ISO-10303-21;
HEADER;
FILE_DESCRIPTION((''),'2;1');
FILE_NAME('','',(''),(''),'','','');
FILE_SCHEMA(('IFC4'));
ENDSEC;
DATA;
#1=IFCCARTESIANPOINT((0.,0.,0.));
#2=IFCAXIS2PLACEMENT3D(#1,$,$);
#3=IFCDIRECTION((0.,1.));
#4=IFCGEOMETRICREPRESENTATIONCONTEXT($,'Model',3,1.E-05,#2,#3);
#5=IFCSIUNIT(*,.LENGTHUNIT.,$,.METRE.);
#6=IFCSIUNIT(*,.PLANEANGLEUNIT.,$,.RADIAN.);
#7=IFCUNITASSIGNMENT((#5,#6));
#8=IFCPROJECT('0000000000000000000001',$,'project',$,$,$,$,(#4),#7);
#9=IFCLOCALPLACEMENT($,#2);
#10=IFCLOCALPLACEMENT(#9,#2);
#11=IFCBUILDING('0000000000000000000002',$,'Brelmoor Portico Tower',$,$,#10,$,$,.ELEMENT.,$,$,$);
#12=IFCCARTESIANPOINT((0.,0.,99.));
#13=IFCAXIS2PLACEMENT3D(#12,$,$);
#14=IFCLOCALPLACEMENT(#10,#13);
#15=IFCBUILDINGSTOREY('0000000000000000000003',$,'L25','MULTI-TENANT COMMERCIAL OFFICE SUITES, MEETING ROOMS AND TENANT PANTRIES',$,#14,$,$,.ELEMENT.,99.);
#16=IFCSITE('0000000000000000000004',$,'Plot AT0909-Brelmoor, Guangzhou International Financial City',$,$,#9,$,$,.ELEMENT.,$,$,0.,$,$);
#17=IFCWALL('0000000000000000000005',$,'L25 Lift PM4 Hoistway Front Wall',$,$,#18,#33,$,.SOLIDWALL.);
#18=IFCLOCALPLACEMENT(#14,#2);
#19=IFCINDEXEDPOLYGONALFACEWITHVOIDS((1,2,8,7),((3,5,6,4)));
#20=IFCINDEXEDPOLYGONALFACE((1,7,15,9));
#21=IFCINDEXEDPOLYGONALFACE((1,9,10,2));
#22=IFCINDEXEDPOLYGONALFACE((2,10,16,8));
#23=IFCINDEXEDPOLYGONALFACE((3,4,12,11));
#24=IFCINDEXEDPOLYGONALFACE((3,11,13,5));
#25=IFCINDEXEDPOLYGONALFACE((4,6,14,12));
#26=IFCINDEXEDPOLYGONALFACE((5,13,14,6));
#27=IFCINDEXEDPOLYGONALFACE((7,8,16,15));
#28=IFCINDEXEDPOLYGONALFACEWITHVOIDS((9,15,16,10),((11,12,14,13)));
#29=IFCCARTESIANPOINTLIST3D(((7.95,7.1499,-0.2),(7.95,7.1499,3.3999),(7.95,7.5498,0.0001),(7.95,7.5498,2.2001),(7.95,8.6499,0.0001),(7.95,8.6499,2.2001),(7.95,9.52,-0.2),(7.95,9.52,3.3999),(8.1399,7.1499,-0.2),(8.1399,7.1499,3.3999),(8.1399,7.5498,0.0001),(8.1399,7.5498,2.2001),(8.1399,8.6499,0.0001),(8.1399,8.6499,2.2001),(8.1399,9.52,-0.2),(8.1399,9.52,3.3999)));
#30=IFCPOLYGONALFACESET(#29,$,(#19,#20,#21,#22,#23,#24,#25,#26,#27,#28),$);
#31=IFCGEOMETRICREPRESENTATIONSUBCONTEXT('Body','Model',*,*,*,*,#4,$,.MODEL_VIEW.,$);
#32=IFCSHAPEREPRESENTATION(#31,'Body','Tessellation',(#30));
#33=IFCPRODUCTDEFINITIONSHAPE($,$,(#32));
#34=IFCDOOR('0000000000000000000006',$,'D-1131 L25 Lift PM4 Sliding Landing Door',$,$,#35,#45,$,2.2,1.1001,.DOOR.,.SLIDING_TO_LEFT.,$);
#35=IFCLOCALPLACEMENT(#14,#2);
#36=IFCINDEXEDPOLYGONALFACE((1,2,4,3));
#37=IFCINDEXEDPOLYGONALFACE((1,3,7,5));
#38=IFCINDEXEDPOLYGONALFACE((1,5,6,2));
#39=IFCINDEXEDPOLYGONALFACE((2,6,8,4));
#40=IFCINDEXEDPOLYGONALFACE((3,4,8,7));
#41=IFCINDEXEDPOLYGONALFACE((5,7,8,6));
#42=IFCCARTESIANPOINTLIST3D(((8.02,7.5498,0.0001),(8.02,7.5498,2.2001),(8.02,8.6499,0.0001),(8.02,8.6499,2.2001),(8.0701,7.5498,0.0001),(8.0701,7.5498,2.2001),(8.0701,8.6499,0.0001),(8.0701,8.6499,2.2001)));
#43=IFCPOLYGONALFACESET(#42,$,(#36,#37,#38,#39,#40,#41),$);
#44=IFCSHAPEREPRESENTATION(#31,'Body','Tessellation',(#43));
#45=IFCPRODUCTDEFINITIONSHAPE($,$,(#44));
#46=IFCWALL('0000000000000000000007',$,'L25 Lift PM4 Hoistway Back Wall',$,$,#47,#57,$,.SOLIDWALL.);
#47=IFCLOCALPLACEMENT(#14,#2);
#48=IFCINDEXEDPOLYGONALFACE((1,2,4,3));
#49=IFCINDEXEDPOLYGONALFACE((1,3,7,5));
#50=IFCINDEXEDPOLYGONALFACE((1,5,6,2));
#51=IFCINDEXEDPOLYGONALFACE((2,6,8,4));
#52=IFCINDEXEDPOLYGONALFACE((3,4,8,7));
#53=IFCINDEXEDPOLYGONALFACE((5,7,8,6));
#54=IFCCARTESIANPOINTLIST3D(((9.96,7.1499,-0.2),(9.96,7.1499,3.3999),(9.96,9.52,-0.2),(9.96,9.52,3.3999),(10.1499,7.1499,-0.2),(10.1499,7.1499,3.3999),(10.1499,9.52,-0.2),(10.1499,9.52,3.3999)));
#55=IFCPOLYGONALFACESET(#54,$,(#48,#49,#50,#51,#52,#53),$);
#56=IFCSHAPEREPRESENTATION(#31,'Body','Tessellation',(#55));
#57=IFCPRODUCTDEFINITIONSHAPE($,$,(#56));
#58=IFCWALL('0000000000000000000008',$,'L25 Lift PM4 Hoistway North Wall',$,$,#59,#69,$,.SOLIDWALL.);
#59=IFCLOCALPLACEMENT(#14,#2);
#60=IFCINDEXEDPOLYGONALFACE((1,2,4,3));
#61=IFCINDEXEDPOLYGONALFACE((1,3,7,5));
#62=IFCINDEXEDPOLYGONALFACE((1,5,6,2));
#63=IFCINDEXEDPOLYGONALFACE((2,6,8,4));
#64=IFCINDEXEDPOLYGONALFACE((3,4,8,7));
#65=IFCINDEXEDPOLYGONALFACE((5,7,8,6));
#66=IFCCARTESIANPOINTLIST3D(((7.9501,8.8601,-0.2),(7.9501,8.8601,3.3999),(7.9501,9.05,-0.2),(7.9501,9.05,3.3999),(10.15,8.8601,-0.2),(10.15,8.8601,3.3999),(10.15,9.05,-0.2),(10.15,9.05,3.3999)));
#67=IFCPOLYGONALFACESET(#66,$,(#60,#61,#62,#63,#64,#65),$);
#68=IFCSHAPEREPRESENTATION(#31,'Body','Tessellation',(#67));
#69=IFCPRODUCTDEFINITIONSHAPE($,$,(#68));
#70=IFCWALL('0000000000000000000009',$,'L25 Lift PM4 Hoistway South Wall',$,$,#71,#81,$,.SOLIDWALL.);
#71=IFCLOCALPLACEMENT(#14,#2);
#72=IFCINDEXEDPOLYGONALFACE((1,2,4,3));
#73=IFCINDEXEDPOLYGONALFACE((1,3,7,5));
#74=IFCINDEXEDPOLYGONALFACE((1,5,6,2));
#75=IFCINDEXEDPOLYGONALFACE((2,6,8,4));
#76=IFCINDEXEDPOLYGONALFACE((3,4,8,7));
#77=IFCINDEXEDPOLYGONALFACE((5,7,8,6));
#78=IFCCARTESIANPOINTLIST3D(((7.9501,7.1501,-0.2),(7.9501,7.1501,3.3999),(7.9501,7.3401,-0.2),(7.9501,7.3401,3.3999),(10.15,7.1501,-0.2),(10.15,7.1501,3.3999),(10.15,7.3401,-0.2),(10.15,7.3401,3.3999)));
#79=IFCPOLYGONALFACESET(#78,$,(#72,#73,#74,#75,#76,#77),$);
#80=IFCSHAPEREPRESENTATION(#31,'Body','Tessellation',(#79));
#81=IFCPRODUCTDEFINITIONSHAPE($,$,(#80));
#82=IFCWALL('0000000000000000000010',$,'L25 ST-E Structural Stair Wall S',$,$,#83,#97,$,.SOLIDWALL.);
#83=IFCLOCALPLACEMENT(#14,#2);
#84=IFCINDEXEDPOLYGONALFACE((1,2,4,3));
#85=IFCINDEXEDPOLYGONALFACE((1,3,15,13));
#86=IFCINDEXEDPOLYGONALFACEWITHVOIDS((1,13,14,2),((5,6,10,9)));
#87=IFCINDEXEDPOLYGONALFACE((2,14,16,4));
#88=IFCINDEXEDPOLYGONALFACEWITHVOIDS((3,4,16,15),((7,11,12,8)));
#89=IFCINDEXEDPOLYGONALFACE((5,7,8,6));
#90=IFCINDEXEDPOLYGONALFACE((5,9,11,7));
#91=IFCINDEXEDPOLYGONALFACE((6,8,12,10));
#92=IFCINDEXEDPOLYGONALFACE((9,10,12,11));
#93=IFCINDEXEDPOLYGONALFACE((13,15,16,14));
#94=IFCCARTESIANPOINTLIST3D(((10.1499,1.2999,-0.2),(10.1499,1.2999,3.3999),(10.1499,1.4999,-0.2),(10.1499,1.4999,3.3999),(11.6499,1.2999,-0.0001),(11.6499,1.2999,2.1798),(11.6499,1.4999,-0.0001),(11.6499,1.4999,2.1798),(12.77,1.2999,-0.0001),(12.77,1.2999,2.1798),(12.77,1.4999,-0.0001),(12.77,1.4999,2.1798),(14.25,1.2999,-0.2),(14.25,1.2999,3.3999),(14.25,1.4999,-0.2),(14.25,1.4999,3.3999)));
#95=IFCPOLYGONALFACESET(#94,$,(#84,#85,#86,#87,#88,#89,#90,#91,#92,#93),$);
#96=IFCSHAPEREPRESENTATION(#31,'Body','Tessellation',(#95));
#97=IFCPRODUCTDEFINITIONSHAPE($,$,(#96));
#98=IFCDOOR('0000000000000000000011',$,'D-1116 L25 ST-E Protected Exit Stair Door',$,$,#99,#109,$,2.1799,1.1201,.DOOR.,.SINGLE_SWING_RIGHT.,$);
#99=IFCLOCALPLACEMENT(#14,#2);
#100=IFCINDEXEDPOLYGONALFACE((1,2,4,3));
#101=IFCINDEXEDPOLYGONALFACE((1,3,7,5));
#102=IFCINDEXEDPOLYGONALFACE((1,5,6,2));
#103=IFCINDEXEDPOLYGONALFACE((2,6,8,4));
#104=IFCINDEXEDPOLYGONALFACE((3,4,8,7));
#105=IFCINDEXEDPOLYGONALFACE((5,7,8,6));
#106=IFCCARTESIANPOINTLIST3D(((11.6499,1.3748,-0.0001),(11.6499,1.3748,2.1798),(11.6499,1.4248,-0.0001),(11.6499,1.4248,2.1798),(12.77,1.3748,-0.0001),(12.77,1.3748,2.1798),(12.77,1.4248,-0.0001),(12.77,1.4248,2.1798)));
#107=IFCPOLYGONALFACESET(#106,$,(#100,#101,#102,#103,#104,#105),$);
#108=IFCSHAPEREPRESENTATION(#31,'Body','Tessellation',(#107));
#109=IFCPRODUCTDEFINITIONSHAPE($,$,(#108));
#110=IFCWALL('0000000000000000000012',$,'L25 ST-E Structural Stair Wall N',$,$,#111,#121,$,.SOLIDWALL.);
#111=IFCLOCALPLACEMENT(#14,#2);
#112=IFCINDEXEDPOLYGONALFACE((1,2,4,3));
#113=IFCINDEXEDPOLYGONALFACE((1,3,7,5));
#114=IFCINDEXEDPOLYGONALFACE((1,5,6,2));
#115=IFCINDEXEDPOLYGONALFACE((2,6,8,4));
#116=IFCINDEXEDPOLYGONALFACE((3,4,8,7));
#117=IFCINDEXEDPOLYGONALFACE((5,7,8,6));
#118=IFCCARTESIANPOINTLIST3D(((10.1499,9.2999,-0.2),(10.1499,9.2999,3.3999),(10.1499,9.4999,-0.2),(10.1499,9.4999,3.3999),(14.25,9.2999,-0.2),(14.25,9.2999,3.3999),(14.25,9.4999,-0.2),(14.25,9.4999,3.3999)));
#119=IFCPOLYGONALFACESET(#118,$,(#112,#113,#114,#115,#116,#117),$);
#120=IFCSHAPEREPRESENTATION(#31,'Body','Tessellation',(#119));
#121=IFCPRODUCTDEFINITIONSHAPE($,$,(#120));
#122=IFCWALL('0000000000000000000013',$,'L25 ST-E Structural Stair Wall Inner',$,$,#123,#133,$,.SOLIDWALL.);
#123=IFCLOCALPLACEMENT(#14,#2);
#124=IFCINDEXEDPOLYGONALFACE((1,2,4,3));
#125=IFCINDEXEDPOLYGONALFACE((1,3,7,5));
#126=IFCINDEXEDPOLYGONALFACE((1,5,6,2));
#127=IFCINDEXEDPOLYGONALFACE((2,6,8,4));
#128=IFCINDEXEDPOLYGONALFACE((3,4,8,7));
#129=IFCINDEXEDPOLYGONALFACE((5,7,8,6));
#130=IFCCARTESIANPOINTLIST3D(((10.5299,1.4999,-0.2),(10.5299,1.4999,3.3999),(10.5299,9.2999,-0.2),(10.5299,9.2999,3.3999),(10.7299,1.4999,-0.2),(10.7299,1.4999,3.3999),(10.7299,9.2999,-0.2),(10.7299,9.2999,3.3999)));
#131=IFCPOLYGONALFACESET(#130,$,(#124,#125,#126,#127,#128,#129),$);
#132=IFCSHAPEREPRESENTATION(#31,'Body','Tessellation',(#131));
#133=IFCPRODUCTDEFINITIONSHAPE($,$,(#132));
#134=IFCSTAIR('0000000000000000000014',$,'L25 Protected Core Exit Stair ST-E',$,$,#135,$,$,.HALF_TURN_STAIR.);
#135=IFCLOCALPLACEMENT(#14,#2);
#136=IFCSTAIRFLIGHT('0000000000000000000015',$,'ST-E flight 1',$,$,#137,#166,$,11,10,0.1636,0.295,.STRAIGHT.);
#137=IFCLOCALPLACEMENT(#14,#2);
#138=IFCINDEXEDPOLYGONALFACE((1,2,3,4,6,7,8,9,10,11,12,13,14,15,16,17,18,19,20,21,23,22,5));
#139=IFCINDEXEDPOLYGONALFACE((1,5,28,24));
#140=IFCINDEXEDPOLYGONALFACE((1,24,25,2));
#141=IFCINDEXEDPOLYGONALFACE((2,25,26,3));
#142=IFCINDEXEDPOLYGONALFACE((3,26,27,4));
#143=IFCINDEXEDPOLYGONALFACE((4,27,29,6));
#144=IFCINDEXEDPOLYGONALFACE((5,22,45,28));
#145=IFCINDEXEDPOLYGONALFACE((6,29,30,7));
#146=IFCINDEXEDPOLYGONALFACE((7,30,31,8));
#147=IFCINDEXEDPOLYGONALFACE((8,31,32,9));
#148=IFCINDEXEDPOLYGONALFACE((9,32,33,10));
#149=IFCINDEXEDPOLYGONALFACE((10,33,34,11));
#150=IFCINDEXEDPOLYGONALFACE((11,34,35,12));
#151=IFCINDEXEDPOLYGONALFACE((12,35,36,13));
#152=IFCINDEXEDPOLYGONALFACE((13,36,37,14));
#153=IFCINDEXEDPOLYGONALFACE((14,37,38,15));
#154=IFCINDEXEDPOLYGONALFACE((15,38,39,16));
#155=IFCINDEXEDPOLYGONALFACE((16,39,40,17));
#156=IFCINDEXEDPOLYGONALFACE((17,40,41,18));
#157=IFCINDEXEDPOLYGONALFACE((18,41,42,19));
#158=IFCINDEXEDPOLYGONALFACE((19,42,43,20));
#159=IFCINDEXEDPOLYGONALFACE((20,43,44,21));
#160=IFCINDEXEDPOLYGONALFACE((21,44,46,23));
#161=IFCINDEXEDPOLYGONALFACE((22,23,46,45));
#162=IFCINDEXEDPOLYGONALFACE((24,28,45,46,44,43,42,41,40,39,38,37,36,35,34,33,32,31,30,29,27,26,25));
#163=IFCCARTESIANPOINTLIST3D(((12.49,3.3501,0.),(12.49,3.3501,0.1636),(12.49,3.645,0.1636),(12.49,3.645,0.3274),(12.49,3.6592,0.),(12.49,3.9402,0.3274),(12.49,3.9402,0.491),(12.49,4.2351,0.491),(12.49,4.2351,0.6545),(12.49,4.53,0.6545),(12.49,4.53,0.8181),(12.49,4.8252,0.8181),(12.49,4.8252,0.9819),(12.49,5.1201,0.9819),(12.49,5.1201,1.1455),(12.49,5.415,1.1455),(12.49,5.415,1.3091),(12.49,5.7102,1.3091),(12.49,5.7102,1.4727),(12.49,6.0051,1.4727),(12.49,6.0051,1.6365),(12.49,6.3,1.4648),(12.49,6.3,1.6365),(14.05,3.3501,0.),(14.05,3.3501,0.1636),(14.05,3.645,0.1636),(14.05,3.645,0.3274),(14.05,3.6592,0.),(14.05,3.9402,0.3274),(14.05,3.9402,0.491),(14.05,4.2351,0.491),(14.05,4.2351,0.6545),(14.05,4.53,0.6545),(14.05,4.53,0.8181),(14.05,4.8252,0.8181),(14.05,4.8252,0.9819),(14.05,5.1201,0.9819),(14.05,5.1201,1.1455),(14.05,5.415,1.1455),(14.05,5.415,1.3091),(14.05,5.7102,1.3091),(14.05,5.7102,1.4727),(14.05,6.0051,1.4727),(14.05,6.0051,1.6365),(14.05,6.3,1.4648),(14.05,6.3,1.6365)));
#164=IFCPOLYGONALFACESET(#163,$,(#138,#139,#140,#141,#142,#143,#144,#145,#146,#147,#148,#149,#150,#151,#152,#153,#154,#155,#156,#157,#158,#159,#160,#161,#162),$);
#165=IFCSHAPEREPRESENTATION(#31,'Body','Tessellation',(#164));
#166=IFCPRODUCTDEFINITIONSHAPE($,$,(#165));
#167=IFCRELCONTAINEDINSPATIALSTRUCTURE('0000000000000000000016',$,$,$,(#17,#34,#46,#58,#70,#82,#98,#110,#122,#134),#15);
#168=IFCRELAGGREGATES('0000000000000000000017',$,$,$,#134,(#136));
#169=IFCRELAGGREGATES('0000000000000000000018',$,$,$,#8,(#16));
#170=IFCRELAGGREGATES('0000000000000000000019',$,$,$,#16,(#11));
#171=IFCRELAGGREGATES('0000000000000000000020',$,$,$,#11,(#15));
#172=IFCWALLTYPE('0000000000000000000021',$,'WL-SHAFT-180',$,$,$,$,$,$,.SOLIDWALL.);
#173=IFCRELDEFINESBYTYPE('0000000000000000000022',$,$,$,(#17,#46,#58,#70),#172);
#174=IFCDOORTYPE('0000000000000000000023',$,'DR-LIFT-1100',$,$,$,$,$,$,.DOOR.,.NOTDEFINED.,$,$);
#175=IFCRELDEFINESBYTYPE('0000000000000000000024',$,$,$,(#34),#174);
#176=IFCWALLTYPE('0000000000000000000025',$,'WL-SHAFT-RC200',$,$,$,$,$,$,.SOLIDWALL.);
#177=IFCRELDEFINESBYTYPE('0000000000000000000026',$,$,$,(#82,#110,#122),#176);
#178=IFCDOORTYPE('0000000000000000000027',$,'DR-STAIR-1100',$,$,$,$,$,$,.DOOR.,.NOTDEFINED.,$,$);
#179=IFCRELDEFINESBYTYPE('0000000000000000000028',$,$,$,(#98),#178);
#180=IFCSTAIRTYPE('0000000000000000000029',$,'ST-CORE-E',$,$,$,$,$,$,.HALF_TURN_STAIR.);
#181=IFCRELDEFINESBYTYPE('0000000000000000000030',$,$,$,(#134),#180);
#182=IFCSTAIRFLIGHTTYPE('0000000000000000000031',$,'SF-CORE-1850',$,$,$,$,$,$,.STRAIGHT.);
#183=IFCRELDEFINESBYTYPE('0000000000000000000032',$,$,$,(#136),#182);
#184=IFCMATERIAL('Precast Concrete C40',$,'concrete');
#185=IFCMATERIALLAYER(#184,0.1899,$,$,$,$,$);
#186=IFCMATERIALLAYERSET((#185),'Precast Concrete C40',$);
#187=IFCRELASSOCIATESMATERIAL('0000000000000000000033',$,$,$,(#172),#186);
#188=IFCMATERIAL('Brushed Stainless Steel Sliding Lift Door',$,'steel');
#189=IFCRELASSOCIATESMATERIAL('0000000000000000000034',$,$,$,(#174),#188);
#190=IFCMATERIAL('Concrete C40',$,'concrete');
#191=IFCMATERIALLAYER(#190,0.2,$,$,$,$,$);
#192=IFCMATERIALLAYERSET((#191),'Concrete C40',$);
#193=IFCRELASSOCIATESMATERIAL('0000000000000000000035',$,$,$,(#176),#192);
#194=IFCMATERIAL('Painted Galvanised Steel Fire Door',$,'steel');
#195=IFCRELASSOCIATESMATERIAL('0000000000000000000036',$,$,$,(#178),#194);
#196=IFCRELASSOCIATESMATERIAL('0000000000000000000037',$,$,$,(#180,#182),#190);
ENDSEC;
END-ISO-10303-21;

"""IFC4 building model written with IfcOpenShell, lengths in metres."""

from ifc_helpers import new_model, si_unit, direction, frame, frame_2d, origin, place, context, subcontext, project, spatial, polyline, rectangle, outline, extrude, material, layer, layer_set, type_object, element, fill, aggregate, save


model = new_model("IFC4")

# Units and contexts
model_context = context("Model", 3, precision=1e-05, world=origin(), true_north=direction((0.0, 1.0)))
body_context = subcontext(model_context, "Body", "Model", "MODEL_VIEW")
ifc_project = project(units=[si_unit("LENGTHUNIT", "METRE"), si_unit("PLANEANGLEUNIT", "RADIAN")], contexts=[model_context])

# Site, building, storey
site_placement = place(None, origin())
site = spatial("IfcSite", under=ifc_project, at=site_placement, Name="Plot AT0909-Brelmoor, Guangzhou International Financial City", CompositionType="ELEMENT", RefElevation=0.0)
building_placement = place(site_placement, origin())
building = spatial("IfcBuilding", under=site, at=building_placement, Name="Brelmoor Portico Tower", CompositionType="ELEMENT")
storey_placement = place(building_placement, frame((0.0, 0.0, 99.0)))
storey = spatial("IfcBuildingStorey", under=building, at=storey_placement, Name="L25", Description="MULTI-TENANT COMMERCIAL OFFICE SUITES, MEETING ROOMS AND TENANT PANTRIES", CompositionType="ELEMENT", Elevation=99.0)

# Shared definitions
ifc_material_1 = material(Name="Precast Concrete C40", Category="concrete")
ifc_layer_1 = layer(ifc_material_1, 0.1899)
ifc_layer_set_1 = layer_set([ifc_layer_1], Name="Precast Concrete C40")
wall_type_1 = type_object("IfcWallType", Name="WL-SHAFT-180", PredefinedType="SOLIDWALL", material=ifc_layer_set_1)

# Shared definitions
ifc_material_2 = material(Name="Brushed Stainless Steel Sliding Lift Door", Category="steel")
door_type_1 = type_object("IfcDoorType", Name="DR-LIFT-1100", OperationType="NOTDEFINED", PredefinedType="DOOR", material=ifc_material_2)

# Wall, opening, door
wall_1_placement = place(storey_placement, frame((8.0449, 7.1499, -0.2), z_axis=(0.0, 0.0, 1.0), x_axis=(0.0, 1.0, 0.0)))
wall_1 = element("IfcWall", 1, at=wall_1_placement, inside=storey, type_object=wall_type_1, Name="L25 Lift PM4 Hoistway Front Wall", PredefinedType="SOLIDWALL", context=body_context, shape_type="SweptSolid", body=[
    extrude(rectangle(XDim=2.3701, YDim=0.1899, at=frame_2d((1.1851, 0.0))), origin(), (0.0, 0.0, 1.0), 3.5999),
])
opening_1_placement = place(wall_1_placement, frame((0.3999, 0.0, 0.2)))
opening_1 = element("IfcOpeningElement", 2, at=opening_1_placement, cuts=wall_1, PredefinedType="OPENING", context=body_context, shape_type="SweptSolid", body=[
    extrude(rectangle(XDim=1.1001, YDim=2.2, at=frame_2d((0.55, 1.1001))), frame((0.0, 0.105, 0.0), z_axis=(0.0, -1.0, 0.0), x_axis=(1.0, 0.0, 0.0)), (0.0, 0.0, 1.0), 0.21),
])
door_1_placement = place(opening_1_placement, origin())
door_1 = element("IfcDoor", 3, at=door_1_placement, inside=storey, type_object=door_type_1, Name="D-1131 L25 Lift PM4 Sliding Landing Door", OperationType="SLIDING_TO_LEFT", OverallHeight=2.2, OverallWidth=1.1001, PredefinedType="DOOR", context=body_context, shape_type="SweptSolid", body=[
    extrude(rectangle(XDim=1.1001, YDim=2.2, at=frame_2d((0.55, 1.1001))), frame((0.0, 0.0249, 0.0), z_axis=(0.0, -1.0, 0.0), x_axis=(1.0, 0.0, 0.0)), (0.0, 0.0, 1.0), 0.05),
])
fill(opening_1, door_1)

# Walls
wall_2_placement = place(storey_placement, frame((10.0549, 7.1499, -0.2), z_axis=(0.0, 0.0, 1.0), x_axis=(0.0, 1.0, 0.0)))
element("IfcWall", 4, at=wall_2_placement, inside=storey, type_object=wall_type_1, Name="L25 Lift PM4 Hoistway Back Wall", PredefinedType="SOLIDWALL", context=body_context, shape_type="SweptSolid", body=[
    extrude(rectangle(XDim=2.3701, YDim=0.1899, at=frame_2d((1.1851, 0.0))), origin(), (0.0, 0.0, 1.0), 3.5999),
])
for number, where, z_axis, x_axis, name in (
    (5, (7.95, 8.9551, -0.2), (0.0, 0.0, 1.0), (1.0, 0.0, 0.0), "L25 Lift PM4 Hoistway North Wall"),
    (6, (7.95, 7.2451, -0.2), (0.0, 0.0, 1.0), (1.0, 0.0, 0.0), "L25 Lift PM4 Hoistway South Wall"),
):
    element("IfcWall", number, at=place(storey_placement, frame(where, z_axis=z_axis, x_axis=x_axis)), inside=storey, type_object=wall_type_1, Name=name, PredefinedType="SOLIDWALL", context=body_context, shape_type="SweptSolid", body=[
        extrude(rectangle(XDim=2.2, YDim=0.1899, at=frame_2d((1.1001, 0.0))), origin(), (0.0, 0.0, 1.0), 3.5999),
    ])

# Wall, opening, door
ifc_material_3 = material(Name="Concrete C40", Category="concrete")
ifc_layer_2 = layer(ifc_material_3, 0.2)
ifc_layer_set_2 = layer_set([ifc_layer_2], Name="Concrete C40")
wall_type_2 = type_object("IfcWallType", Name="WL-SHAFT-RC200", PredefinedType="SOLIDWALL", material=ifc_layer_set_2)
wall_3_placement = place(storey_placement, frame((10.1499, 1.3999, -0.2), z_axis=(0.0, 0.0, 1.0), x_axis=(1.0, 0.0, 0.0)))
wall_3 = element("IfcWall", 7, at=wall_3_placement, inside=storey, type_object=wall_type_2, Name="L25 ST-E Structural Stair Wall S", PredefinedType="SOLIDWALL", context=body_context, shape_type="SweptSolid", body=[
    extrude(rectangle(XDim=4.1001, YDim=0.2, at=frame_2d((2.05, 0.0))), origin(), (0.0, 0.0, 1.0), 3.5999),
])
opening_2_placement = place(wall_3_placement, frame((1.5, 0.0, 0.2)))
opening_2 = element("IfcOpeningElement", 8, at=opening_2_placement, cuts=wall_3, PredefinedType="OPENING", context=body_context, shape_type="SweptSolid", body=[
    extrude(rectangle(XDim=1.1201, YDim=2.1799, at=frame_2d((0.5601, 1.0898))), frame((0.0, 0.1099, 0.0), z_axis=(0.0, -1.0, 0.0), x_axis=(1.0, 0.0, 0.0)), (0.0, 0.0, 1.0), 0.22),
])
ifc_material_4 = material(Name="Painted Galvanised Steel Fire Door", Category="steel")
door_type_2 = type_object("IfcDoorType", Name="DR-STAIR-1100", OperationType="NOTDEFINED", PredefinedType="DOOR", material=ifc_material_4)
door_2_placement = place(opening_2_placement, origin())
door_2 = element("IfcDoor", 9, at=door_2_placement, inside=storey, type_object=door_type_2, Name="D-1116 L25 ST-E Protected Exit Stair Door", OperationType="SINGLE_SWING_RIGHT", OverallHeight=2.1799, OverallWidth=1.1201, PredefinedType="DOOR", context=body_context, shape_type="SweptSolid", body=[
    extrude(rectangle(XDim=1.1201, YDim=2.1799, at=frame_2d((0.5601, 1.0898))), frame((0.0, 0.0249, 0.0), z_axis=(0.0, -1.0, 0.0), x_axis=(1.0, 0.0, 0.0)), (0.0, 0.0, 1.0), 0.05),
])
fill(opening_2, door_2)

# Walls
wall_4_placement = place(storey_placement, frame((10.1499, 9.3999, -0.2), z_axis=(0.0, 0.0, 1.0), x_axis=(1.0, 0.0, 0.0)))
element("IfcWall", 10, at=wall_4_placement, inside=storey, type_object=wall_type_2, Name="L25 ST-E Structural Stair Wall N", PredefinedType="SOLIDWALL", context=body_context, shape_type="SweptSolid", body=[
    extrude(rectangle(XDim=4.1001, YDim=0.2, at=frame_2d((2.05, 0.0))), origin(), (0.0, 0.0, 1.0), 3.5999),
])
wall_5_placement = place(storey_placement, frame((10.6299, 1.5, -0.2), z_axis=(0.0, 0.0, 1.0), x_axis=(0.0, 1.0, 0.0)))
element("IfcWall", 11, at=wall_5_placement, inside=storey, type_object=wall_type_2, Name="L25 ST-E Structural Stair Wall Inner", PredefinedType="SOLIDWALL", context=body_context, shape_type="SweptSolid", body=[
    extrude(rectangle(XDim=7.8, YDim=0.2, at=frame_2d((3.8999, 0.0))), origin(), (0.0, 0.0, 1.0), 3.5999),
])

# Stair, stair flight
stair_type = type_object("IfcStairType", Name="ST-CORE-E", PredefinedType="HALF_TURN_STAIR", material=ifc_material_3)
stair_placement = place(storey_placement, origin())
stair = element("IfcStair", 12, at=stair_placement, inside=storey, type_object=stair_type, Name="L25 Protected Core Exit Stair ST-E", PredefinedType="HALF_TURN_STAIR")
stair_flight_type = type_object("IfcStairFlightType", Name="SF-CORE-1850", PredefinedType="STRAIGHT", material=ifc_material_3)
stair_flight_1_placement = place(storey_placement, frame((13.27, 3.3501, 0.0), z_axis=(0.0, 0.0, 1.0), x_axis=(0.0, 1.0, 0.0)))
stair_flight_1 = element("IfcStairFlight", 13, at=stair_flight_1_placement, type_object=stair_flight_type, Name="ST-E flight 1", NumberOfRisers=11, NumberOfTreads=10, PredefinedType="STRAIGHT", RiserHeight=0.1636, TreadLength=0.295, context=body_context, shape_type="SweptSolid", body=[
    extrude(outline(polyline([(0.0, 0.0), (0.0, 0.1636), (0.2949, 0.1636), (0.2949, 0.3274), (0.5901, 0.3274), (0.5901, 0.491), (0.885, 0.491), (0.885, 0.6545), (1.1799, 0.6545), (1.1799, 0.8181), (1.4751, 0.8181), (1.4751, 0.9819), (1.77, 0.9819), (1.77, 1.1455), (2.0649, 1.1455), (2.0649, 1.3091), (2.3601, 1.3091), (2.3601, 1.4727), (2.655, 1.4727), (2.655, 1.6365), (2.95, 1.6365), (2.95, 1.8), (2.95, 1.4648), (0.3091, 0.0), (0.0, 0.0)])), frame((0.0, 0.78, 0.0), z_axis=(0.0, -1.0, 0.0), x_axis=(1.0, 0.0, 0.0)), (0.0, 0.0, 1.0), 1.5601),
])
aggregate(stair, [stair_flight_1])

save(model, "model.ifc")
